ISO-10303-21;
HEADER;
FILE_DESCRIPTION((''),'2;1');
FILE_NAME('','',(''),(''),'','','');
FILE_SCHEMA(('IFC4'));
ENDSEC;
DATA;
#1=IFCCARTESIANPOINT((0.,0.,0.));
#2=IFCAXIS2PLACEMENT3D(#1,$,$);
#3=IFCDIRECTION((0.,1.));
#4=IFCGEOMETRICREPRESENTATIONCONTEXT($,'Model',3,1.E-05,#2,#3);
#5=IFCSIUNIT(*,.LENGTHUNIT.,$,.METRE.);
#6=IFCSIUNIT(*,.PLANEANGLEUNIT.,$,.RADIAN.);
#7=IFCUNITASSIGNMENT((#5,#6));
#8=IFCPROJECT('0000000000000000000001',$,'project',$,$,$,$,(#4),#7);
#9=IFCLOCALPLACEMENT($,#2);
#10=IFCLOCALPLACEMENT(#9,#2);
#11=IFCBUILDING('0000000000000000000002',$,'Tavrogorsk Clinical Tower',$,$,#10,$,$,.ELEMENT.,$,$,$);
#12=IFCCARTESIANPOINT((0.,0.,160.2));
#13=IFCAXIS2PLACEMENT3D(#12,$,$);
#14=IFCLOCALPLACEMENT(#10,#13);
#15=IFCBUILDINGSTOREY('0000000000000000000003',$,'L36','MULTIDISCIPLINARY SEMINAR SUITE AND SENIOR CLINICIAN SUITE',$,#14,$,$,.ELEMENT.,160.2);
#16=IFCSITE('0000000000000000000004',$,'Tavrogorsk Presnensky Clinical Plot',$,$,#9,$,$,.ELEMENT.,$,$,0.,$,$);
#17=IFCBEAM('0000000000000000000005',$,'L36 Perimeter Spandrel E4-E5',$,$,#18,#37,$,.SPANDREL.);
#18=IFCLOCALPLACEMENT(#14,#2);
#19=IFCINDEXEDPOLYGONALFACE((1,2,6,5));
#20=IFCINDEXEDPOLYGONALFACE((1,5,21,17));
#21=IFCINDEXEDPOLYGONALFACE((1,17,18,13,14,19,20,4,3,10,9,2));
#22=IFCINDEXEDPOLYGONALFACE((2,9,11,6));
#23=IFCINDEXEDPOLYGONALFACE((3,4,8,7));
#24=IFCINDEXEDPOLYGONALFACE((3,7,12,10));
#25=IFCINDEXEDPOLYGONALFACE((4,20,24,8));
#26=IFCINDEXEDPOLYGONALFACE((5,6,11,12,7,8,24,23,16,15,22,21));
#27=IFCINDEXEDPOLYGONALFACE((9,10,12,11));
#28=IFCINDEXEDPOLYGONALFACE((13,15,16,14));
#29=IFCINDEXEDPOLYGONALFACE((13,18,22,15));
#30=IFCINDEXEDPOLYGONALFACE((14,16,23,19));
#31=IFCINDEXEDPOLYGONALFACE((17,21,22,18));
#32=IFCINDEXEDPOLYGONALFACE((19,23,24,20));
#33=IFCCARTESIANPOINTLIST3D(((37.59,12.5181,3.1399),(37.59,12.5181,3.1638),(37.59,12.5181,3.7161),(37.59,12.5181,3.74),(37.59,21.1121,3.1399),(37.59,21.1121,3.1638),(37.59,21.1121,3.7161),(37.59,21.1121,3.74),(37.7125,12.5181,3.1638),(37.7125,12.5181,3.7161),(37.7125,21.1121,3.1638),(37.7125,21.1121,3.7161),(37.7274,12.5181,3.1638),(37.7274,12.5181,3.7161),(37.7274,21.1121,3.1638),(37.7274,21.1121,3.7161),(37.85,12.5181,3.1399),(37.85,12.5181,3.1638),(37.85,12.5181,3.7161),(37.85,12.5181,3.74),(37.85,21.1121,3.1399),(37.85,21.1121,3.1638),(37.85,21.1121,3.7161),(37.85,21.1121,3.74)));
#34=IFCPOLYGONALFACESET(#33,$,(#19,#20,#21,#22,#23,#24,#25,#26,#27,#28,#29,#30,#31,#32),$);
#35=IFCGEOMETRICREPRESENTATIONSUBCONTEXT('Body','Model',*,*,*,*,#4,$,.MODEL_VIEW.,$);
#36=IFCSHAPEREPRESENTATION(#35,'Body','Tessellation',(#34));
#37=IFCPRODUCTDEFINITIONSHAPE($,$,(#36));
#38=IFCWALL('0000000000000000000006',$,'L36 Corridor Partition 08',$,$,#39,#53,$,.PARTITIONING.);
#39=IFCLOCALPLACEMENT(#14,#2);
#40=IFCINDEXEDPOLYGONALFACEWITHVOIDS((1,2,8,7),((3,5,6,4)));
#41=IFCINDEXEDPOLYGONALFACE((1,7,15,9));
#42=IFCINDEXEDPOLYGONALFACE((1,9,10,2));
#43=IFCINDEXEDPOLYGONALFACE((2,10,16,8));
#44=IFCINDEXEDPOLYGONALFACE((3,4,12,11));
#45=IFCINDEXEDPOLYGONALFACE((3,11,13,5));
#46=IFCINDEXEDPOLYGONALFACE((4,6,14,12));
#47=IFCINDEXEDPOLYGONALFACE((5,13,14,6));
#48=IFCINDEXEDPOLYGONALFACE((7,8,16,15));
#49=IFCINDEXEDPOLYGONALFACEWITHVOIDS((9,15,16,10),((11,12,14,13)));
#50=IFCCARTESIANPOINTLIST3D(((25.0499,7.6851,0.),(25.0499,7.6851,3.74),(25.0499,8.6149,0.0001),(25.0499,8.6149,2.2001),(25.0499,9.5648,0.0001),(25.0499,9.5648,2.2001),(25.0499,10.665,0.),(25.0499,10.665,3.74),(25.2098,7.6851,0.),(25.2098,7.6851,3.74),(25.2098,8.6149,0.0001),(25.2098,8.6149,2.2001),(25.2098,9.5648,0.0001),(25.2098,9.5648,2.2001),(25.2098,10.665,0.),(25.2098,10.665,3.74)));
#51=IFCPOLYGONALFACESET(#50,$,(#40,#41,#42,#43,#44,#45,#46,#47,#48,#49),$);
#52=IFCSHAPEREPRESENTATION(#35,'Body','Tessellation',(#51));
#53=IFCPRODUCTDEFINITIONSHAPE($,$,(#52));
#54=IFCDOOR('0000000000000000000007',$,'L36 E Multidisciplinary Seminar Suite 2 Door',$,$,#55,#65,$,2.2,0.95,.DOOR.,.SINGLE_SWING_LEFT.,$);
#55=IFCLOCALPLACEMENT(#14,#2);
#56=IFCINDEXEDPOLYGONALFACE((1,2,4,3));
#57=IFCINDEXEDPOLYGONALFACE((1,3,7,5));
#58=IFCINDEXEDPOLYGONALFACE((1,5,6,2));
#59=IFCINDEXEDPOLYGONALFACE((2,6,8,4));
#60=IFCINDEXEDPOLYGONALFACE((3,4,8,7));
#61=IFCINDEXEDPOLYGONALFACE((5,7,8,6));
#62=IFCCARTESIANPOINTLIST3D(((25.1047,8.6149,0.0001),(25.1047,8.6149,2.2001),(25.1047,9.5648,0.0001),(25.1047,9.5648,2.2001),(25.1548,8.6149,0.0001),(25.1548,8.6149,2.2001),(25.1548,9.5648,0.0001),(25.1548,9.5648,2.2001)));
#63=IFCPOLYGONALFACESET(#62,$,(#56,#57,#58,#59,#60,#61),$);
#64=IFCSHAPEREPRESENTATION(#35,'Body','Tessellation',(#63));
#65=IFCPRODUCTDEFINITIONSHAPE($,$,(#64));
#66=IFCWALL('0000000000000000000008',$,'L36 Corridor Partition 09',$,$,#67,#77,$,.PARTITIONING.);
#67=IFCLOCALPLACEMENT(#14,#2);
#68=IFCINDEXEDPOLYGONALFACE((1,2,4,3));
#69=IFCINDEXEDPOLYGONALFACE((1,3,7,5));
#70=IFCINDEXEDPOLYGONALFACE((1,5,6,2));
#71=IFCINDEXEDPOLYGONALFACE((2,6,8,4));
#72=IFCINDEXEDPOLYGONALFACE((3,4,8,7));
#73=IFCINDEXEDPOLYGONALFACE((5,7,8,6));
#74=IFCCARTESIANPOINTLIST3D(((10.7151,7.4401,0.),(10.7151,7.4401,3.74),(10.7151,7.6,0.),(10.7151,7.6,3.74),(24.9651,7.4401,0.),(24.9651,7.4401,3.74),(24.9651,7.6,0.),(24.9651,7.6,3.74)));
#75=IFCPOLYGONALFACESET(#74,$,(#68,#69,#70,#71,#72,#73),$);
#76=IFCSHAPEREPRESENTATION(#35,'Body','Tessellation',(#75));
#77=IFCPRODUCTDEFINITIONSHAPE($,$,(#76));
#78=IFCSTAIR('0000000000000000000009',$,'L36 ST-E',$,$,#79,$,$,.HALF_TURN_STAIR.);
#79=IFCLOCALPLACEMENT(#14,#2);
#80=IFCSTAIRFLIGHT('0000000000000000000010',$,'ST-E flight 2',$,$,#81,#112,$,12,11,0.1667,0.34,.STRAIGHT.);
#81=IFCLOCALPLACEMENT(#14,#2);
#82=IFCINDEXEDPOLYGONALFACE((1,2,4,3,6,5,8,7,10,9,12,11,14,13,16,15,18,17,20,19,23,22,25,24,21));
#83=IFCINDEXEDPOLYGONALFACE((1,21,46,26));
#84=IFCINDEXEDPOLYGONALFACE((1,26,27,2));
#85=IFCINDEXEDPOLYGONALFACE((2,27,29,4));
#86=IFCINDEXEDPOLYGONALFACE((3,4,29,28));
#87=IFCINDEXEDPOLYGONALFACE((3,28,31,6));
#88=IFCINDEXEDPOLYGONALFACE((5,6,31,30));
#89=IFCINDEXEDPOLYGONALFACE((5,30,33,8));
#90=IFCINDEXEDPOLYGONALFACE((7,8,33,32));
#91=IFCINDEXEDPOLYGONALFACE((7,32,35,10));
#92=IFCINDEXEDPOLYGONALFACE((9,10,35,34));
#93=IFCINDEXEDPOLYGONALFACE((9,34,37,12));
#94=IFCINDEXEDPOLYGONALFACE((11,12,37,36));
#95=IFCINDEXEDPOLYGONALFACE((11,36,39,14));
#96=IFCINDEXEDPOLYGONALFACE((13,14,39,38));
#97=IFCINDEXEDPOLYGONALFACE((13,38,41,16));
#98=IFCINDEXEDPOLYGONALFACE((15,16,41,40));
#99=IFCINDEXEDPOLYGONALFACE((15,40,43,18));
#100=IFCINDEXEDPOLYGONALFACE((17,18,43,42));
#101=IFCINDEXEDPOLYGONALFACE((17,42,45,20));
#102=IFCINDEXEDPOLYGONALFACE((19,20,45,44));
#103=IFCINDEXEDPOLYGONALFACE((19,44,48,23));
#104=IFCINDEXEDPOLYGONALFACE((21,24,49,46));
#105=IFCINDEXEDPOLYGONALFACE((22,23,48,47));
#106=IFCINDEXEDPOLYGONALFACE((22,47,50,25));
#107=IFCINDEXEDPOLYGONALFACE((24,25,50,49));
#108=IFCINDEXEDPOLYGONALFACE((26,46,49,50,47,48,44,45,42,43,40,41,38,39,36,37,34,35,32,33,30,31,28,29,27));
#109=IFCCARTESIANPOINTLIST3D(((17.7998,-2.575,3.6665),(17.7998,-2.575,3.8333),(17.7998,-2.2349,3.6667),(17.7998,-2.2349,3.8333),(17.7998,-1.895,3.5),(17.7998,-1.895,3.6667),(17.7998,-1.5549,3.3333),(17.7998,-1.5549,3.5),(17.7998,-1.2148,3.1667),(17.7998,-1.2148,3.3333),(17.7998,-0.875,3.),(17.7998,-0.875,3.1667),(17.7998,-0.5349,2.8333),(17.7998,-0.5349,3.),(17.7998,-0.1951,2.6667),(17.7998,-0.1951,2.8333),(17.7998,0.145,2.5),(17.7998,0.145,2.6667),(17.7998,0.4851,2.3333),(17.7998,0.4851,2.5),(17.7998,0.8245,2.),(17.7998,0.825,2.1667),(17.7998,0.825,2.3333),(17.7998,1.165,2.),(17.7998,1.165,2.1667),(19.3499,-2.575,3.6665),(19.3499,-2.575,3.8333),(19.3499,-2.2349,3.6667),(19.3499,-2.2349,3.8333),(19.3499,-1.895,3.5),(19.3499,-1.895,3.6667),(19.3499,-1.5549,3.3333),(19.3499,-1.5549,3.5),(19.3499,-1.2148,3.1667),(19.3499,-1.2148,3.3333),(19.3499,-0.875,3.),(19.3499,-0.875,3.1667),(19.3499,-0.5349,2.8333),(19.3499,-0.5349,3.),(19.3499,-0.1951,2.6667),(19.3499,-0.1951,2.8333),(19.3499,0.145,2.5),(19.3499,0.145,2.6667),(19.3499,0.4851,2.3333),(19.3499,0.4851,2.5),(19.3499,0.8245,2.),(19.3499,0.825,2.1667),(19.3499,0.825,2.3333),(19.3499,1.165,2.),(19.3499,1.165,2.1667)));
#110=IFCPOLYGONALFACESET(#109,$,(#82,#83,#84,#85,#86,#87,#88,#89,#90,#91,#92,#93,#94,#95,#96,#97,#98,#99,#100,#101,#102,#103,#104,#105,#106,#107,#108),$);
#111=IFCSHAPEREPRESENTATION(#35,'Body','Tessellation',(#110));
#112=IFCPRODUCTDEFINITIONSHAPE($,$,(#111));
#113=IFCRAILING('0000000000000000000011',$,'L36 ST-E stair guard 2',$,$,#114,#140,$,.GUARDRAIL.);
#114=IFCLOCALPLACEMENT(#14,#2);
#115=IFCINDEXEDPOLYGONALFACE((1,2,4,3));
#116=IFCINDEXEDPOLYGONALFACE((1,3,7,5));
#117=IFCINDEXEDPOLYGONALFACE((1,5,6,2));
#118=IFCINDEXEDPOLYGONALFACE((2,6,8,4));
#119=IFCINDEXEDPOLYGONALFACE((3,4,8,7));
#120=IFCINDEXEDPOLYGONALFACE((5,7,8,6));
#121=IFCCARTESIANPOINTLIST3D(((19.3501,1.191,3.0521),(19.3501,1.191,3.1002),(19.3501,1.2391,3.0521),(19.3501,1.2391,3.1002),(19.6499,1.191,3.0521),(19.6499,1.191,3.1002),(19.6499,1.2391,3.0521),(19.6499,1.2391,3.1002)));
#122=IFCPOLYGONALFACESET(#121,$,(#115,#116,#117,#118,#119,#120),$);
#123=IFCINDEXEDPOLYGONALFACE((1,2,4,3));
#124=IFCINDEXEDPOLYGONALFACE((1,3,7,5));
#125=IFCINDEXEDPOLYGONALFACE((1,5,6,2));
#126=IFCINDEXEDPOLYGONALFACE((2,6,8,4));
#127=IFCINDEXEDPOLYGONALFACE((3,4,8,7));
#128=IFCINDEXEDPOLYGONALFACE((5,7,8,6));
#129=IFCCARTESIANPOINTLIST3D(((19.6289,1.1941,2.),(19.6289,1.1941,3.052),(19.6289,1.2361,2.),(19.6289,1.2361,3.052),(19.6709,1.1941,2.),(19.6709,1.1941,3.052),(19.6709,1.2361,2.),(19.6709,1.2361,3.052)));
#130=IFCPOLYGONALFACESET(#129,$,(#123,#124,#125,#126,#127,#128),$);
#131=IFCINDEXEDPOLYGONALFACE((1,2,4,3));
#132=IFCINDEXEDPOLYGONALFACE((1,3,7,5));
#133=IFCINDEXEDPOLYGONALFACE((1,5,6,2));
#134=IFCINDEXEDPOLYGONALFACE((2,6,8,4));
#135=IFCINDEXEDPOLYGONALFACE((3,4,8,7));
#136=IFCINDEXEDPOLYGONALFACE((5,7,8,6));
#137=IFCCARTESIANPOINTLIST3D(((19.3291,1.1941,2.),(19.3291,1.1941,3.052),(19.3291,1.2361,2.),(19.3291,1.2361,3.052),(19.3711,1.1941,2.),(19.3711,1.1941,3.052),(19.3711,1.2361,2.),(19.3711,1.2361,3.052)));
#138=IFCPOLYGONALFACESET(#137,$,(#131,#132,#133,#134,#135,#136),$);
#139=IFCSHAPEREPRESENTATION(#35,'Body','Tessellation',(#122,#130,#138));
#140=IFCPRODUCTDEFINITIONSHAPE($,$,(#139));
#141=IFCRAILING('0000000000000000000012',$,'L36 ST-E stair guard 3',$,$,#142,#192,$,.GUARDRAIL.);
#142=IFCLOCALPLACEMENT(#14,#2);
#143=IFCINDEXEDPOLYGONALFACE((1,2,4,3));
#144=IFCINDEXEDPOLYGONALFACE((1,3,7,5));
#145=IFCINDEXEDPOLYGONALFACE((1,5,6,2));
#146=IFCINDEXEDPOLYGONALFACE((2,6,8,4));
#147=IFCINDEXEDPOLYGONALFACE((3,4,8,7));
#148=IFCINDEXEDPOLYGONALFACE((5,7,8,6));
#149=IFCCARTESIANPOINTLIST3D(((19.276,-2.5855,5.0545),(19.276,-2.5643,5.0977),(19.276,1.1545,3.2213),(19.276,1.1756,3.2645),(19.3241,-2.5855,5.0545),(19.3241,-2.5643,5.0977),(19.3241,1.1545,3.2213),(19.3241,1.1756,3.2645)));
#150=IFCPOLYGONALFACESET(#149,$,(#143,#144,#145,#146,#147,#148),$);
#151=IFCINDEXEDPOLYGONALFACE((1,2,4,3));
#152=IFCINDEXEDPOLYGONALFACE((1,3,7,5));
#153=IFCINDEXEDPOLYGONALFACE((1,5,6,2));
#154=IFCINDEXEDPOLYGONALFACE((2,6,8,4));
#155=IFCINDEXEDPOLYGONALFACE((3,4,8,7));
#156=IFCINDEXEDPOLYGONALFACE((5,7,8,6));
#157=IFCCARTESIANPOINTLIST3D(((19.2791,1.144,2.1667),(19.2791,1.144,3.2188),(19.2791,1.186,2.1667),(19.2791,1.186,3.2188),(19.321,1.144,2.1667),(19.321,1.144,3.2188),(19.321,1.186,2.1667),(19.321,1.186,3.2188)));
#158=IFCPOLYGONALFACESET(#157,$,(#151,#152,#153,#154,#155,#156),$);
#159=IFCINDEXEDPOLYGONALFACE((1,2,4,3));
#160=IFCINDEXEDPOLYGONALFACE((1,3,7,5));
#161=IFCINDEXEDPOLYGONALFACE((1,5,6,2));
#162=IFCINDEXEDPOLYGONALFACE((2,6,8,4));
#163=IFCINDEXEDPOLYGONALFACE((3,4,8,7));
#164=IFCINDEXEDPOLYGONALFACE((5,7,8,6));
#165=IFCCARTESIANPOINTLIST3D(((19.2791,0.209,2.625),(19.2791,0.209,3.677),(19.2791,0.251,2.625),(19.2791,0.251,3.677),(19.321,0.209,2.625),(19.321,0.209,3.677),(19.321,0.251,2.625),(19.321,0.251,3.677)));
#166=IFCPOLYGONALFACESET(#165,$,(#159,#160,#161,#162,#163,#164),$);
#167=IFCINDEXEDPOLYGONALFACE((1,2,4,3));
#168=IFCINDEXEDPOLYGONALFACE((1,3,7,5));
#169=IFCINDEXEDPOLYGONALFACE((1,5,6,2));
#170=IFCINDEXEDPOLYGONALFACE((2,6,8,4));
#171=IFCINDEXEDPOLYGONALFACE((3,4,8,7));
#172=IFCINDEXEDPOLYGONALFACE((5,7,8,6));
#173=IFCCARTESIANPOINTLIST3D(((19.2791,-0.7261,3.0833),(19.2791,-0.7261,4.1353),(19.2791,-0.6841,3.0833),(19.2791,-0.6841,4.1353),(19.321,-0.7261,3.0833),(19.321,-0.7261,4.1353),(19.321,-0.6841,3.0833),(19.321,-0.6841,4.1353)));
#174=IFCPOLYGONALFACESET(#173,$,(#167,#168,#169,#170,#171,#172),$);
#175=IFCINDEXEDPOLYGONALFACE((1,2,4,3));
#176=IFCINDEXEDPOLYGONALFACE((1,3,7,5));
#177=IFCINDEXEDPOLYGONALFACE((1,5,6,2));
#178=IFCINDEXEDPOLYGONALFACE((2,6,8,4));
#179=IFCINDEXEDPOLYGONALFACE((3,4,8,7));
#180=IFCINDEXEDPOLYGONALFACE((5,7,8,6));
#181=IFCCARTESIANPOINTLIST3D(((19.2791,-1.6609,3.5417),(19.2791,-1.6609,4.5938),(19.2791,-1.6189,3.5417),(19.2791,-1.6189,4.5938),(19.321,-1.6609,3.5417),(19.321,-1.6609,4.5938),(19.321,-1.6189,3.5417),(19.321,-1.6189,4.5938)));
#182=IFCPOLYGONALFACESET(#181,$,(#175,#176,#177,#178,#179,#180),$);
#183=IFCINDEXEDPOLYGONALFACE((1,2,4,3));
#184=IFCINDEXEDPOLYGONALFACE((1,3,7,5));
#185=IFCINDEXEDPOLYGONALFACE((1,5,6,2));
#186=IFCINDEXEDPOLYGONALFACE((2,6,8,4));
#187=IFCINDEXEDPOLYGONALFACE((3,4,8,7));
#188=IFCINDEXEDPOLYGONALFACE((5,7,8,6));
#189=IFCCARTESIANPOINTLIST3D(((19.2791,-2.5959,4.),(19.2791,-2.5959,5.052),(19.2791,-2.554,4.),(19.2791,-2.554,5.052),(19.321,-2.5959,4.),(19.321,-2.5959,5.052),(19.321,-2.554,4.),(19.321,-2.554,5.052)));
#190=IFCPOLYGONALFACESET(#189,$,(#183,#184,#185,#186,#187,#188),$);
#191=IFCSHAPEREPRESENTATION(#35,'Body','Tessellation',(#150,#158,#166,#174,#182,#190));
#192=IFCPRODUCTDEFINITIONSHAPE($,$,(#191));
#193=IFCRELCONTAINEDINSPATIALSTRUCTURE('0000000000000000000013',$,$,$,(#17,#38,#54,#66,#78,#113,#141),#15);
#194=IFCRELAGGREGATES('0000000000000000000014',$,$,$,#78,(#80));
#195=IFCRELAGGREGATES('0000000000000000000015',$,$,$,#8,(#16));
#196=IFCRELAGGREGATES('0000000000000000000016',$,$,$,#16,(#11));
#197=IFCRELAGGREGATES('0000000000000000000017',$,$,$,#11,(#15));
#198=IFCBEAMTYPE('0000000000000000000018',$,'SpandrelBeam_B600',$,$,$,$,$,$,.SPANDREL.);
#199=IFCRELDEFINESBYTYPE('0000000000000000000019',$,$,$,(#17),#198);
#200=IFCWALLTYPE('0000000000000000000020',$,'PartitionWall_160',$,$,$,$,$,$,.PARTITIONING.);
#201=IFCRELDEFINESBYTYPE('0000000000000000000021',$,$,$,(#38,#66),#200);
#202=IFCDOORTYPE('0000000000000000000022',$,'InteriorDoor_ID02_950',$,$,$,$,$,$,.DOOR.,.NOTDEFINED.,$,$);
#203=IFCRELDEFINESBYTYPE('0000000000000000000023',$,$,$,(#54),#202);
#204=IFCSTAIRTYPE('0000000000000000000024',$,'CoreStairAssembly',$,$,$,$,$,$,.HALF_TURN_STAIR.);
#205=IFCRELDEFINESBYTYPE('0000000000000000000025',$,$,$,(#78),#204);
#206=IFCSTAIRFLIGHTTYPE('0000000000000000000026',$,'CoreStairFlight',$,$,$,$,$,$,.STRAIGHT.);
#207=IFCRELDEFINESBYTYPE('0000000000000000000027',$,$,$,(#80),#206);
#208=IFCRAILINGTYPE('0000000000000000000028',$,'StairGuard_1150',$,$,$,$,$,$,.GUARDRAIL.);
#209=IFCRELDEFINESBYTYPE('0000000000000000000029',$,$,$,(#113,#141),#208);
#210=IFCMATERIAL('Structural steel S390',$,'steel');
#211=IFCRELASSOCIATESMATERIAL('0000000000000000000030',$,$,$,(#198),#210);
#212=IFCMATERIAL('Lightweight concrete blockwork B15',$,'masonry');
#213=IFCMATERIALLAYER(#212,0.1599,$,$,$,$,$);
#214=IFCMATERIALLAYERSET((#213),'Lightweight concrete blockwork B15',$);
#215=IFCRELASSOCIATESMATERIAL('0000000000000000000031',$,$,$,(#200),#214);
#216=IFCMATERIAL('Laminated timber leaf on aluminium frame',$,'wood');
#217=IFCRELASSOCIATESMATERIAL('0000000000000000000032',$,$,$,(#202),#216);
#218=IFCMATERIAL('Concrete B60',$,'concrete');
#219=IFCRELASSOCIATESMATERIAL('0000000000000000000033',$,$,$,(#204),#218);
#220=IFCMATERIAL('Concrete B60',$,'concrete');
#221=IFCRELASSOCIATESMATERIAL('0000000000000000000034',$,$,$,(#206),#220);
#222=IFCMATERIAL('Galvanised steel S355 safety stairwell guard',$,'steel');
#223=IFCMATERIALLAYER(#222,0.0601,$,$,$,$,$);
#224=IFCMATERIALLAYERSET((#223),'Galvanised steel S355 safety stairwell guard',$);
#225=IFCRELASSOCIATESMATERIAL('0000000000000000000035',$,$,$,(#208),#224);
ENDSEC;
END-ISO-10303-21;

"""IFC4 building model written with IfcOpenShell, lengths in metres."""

from ifc_helpers import new_model, si_unit, direction, frame, frame_2d, origin, origin_2d, place, context, subcontext, project, spatial, polyline, rectangle, i_section, outline, extrude, material, layer, layer_set, material_profile, profile_set, type_object, element, fill, aggregate, save


model = new_model("IFC4")

# Units and contexts
model_context = context("Model", 3, precision=1e-05, world=origin(), true_north=direction((0.0, 1.0)))
body_context = subcontext(model_context, "Body", "Model", "MODEL_VIEW")
ifc_project = project(units=[si_unit("LENGTHUNIT", "METRE"), si_unit("PLANEANGLEUNIT", "RADIAN")], contexts=[model_context])

# Site, building, storey
site_placement = place(None, origin())
site = spatial("IfcSite", under=ifc_project, at=site_placement, Name="Tavrogorsk Presnensky Clinical Plot", CompositionType="ELEMENT", RefElevation=0.0)
building_placement = place(site_placement, origin())
building = spatial("IfcBuilding", under=site, at=building_placement, Name="Tavrogorsk Clinical Tower", CompositionType="ELEMENT")
storey_placement = place(building_placement, frame((0.0, 0.0, 160.2)))
storey = spatial("IfcBuildingStorey", under=building, at=storey_placement, Name="L36", Description="MULTIDISCIPLINARY SEMINAR SUITE AND SENIOR CLINICIAN SUITE", CompositionType="ELEMENT", Elevation=160.2)

# Beam
ifc_material_1 = material(Name="Structural steel S390", Category="steel")
ifc_material_profile_1 = material_profile(ifc_material_1, i_section(OverallWidth=0.26, OverallDepth=0.6001, WebThickness=0.0149, FlangeThickness=0.0239, at=origin_2d()), Name="B-600x260x15x24")
ifc_profile_set_1 = profile_set([ifc_material_profile_1], Name="Structural steel S390")
beam_type_1 = type_object("IfcBeamType", Name="SpandrelBeam_B600", PredefinedType="SPANDREL", material=ifc_profile_set_1)
for number, where, z_axis, x_axis, name in (
    (1, (37.72, 12.5181, 3.4399), (0.0, 1.0, 0.0), (-1.0, 0.0, 0.0), "L36 Perimeter Spandrel E4-E5"),
):
    element("IfcBeam", number, at=place(storey_placement, frame(where, z_axis=z_axis, x_axis=x_axis)), inside=storey, type_object=beam_type_1, Name=name, PredefinedType="SPANDREL", context=body_context, shape_type="SweptSolid", body=[
        extrude(i_section(OverallWidth=0.26, OverallDepth=0.6001, WebThickness=0.0149, FlangeThickness=0.0239, at=origin_2d()), origin(), (0.0, 0.0, 1.0), 8.594),
    ])

# Wall, opening, door
ifc_material_2 = material(Name="Lightweight concrete blockwork B15", Category="masonry")
ifc_layer_1 = layer(ifc_material_2, 0.1599)
ifc_layer_set_1 = layer_set([ifc_layer_1], Name="Lightweight concrete blockwork B15")
wall_type = type_object("IfcWallType", Name="PartitionWall_160", PredefinedType="PARTITIONING", material=ifc_layer_set_1)
wall_1_placement = place(storey_placement, frame((25.1299, 10.665, 0.0), z_axis=(0.0, 0.0, 1.0), x_axis=(0.0, -1.0, 0.0)))
wall_1 = element("IfcWall", 2, at=wall_1_placement, inside=storey, type_object=wall_type, Name="L36 Corridor Partition 08", PredefinedType="PARTITIONING", context=body_context, shape_type="SweptSolid", body=[
    extrude(rectangle(XDim=2.98, YDim=0.1599, at=frame_2d((1.49, 0.0))), origin(), (0.0, 0.0, 1.0), 3.74),
])
opening_placement = place(wall_1_placement, frame((1.1001, 0.0, 0.0)))
opening = element("IfcOpeningElement", 3, at=opening_placement, cuts=wall_1, PredefinedType="OPENING", context=body_context, shape_type="SweptSolid", body=[
    extrude(rectangle(XDim=0.95, YDim=2.2, at=frame_2d((0.4751, 1.1001))), frame((0.0, 0.0898, 0.0), z_axis=(0.0, -1.0, 0.0), x_axis=(1.0, 0.0, 0.0)), (0.0, 0.0, 1.0), 0.1799),
])
ifc_material_3 = material(Name="Laminated timber leaf on aluminium frame", Category="wood")
door_type = type_object("IfcDoorType", Name="InteriorDoor_ID02_950", OperationType="NOTDEFINED", PredefinedType="DOOR", material=ifc_material_3)
door_placement = place(opening_placement, origin())
door = element("IfcDoor", 4, at=door_placement, inside=storey, type_object=door_type, Name="L36 E Multidisciplinary Seminar Suite 2 Door", OperationType="SINGLE_SWING_LEFT", OverallHeight=2.2, OverallWidth=0.95, PredefinedType="DOOR", context=body_context, shape_type="SweptSolid", body=[
    extrude(rectangle(XDim=0.95, YDim=2.2, at=frame_2d((0.4751, 1.1001))), frame((0.0, 0.0249, 0.0), z_axis=(0.0, -1.0, 0.0), x_axis=(1.0, 0.0, 0.0)), (0.0, 0.0, 1.0), 0.05),
])
fill(opening, door)

# Wall
wall_2_placement = place(storey_placement, frame((24.9651, 7.52, 0.0), z_axis=(0.0, 0.0, 1.0), x_axis=(-1.0, 0.0, 0.0)))
element("IfcWall", 5, at=wall_2_placement, inside=storey, type_object=wall_type, Name="L36 Corridor Partition 09", PredefinedType="PARTITIONING", context=body_context, shape_type="SweptSolid", body=[
    extrude(rectangle(XDim=14.25, YDim=0.1599, at=frame_2d((7.125, 0.0))), origin(), (0.0, 0.0, 1.0), 3.74),
])

# Stair, stair flight
ifc_material_4 = material(Name="Concrete B60", Category="concrete")
stair_type = type_object("IfcStairType", Name="CoreStairAssembly", PredefinedType="HALF_TURN_STAIR", material=ifc_material_4)
stair_placement = place(storey_placement, origin())
stair = element("IfcStair", 6, at=stair_placement, inside=storey, type_object=stair_type, Name="L36 ST-E", PredefinedType="HALF_TURN_STAIR")
ifc_material_5 = material(Name="Concrete B60", Category="concrete")
stair_flight_type = type_object("IfcStairFlightType", Name="CoreStairFlight", PredefinedType="STRAIGHT", material=ifc_material_5)
stair_flight_placement = place(storey_placement, frame((18.575, 1.165, 2.0), z_axis=(0.0, 0.0, 1.0), x_axis=(0.0, -1.0, 0.0)))
stair_flight = element("IfcStairFlight", 7, at=stair_flight_placement, type_object=stair_flight_type, Name="ST-E flight 2", NumberOfRisers=12, NumberOfTreads=11, PredefinedType="STRAIGHT", RiserHeight=0.1667, TreadLength=0.34, context=body_context, shape_type="SweptSolid", body=[
    extrude(outline(polyline([(0.0, 0.0), (0.0, 0.1667), (0.3401, 0.1667), (0.3401, 0.3333), (0.6799, 0.3333), (0.6799, 0.5), (1.02, 0.5), (1.02, 0.6667), (1.3601, 0.6667), (1.3601, 0.8333), (1.7, 0.8333), (1.7, 1.0), (2.04, 1.0), (2.04, 1.1667), (2.3799, 1.1667), (2.3799, 1.3333), (2.72, 1.3333), (2.72, 1.5), (3.0601, 1.5), (3.0601, 1.6667), (3.3999, 1.6667), (3.3999, 1.8333), (3.74, 1.8333), (3.74, 2.0), (3.74, 1.6665), (0.3406, 0.0), (0.0, 0.0)])), frame((0.0, 0.7749, 0.0), z_axis=(0.0, -1.0, 0.0), x_axis=(1.0, 0.0, 0.0)), (0.0, 0.0, 1.0), 1.55),
])
aggregate(stair, [stair_flight])

# Railings
ifc_material_6 = material(Name="Galvanised steel S355 safety stairwell guard", Category="steel")
ifc_layer_2 = layer(ifc_material_6, 0.0601)
ifc_layer_set_2 = layer_set([ifc_layer_2], Name="Galvanised steel S355 safety stairwell guard")
railing_type_1 = type_object("IfcRailingType", Name="StairGuard_1150", PredefinedType="GUARDRAIL", material=ifc_layer_set_2)
railing_1_placement = place(storey_placement, frame((19.6499, 1.2151, 2.0)))
element("IfcRailing", 8, at=railing_1_placement, inside=storey, type_object=railing_type_1, Name="L36 ST-E stair guard 2", PredefinedType="GUARDRAIL", context=body_context, shape_type="SweptSolid", body=[
    extrude(rectangle(XDim=0.0481, YDim=0.0481, at=origin_2d()), frame((0.0, 0.0, 1.0762), z_axis=(-1.0, 0.0, 0.0), x_axis=(0.0, -1.0, 0.0)), (0.0, 0.0, 1.0), 0.2998),
    extrude(rectangle(XDim=0.042, YDim=0.042, at=origin_2d()), origin(), (0.0, 0.0, 1.0), 1.052),
    extrude(rectangle(XDim=0.042, YDim=0.042, at=origin_2d()), frame((-0.2998, 0.0, 0.0)), (0.0, 0.0, 1.0), 1.052),
])
railing_2_placement = place(storey_placement, frame((19.3, 1.165, 2.1667)))
element("IfcRailing", 9, at=railing_2_placement, inside=storey, type_object=railing_type_1, Name="L36 ST-E stair guard 3", PredefinedType="GUARDRAIL", context=body_context, shape_type="SweptSolid", body=[
    extrude(rectangle(XDim=0.0481, YDim=0.0481, at=origin_2d()), frame((0.0, 0.0, 1.0762), z_axis=(0.0, -0.897928, 0.440142), x_axis=(1.0, 0.0, 0.0)), (0.0, 0.0, 1.0), 4.165),
    extrude(rectangle(XDim=0.042, YDim=0.042, at=origin_2d()), origin(), (0.0, 0.0, 1.0), 1.052),
    extrude(rectangle(XDim=0.042, YDim=0.042, at=origin_2d()), frame((0.0, -0.9351, 0.4583)), (0.0, 0.0, 1.0), 1.052),
    extrude(rectangle(XDim=0.042, YDim=0.042, at=origin_2d()), frame((0.0, -1.8701, 0.9165)), (0.0, 0.0, 1.0), 1.052),
    extrude(rectangle(XDim=0.042, YDim=0.042, at=origin_2d()), frame((0.0, -2.8049, 1.375)), (0.0, 0.0, 1.0), 1.052),
    extrude(rectangle(XDim=0.042, YDim=0.042, at=origin_2d()), frame((0.0, -3.74, 1.8333)), (0.0, 0.0, 1.0), 1.052),
])

save(model, "model.ifc")
